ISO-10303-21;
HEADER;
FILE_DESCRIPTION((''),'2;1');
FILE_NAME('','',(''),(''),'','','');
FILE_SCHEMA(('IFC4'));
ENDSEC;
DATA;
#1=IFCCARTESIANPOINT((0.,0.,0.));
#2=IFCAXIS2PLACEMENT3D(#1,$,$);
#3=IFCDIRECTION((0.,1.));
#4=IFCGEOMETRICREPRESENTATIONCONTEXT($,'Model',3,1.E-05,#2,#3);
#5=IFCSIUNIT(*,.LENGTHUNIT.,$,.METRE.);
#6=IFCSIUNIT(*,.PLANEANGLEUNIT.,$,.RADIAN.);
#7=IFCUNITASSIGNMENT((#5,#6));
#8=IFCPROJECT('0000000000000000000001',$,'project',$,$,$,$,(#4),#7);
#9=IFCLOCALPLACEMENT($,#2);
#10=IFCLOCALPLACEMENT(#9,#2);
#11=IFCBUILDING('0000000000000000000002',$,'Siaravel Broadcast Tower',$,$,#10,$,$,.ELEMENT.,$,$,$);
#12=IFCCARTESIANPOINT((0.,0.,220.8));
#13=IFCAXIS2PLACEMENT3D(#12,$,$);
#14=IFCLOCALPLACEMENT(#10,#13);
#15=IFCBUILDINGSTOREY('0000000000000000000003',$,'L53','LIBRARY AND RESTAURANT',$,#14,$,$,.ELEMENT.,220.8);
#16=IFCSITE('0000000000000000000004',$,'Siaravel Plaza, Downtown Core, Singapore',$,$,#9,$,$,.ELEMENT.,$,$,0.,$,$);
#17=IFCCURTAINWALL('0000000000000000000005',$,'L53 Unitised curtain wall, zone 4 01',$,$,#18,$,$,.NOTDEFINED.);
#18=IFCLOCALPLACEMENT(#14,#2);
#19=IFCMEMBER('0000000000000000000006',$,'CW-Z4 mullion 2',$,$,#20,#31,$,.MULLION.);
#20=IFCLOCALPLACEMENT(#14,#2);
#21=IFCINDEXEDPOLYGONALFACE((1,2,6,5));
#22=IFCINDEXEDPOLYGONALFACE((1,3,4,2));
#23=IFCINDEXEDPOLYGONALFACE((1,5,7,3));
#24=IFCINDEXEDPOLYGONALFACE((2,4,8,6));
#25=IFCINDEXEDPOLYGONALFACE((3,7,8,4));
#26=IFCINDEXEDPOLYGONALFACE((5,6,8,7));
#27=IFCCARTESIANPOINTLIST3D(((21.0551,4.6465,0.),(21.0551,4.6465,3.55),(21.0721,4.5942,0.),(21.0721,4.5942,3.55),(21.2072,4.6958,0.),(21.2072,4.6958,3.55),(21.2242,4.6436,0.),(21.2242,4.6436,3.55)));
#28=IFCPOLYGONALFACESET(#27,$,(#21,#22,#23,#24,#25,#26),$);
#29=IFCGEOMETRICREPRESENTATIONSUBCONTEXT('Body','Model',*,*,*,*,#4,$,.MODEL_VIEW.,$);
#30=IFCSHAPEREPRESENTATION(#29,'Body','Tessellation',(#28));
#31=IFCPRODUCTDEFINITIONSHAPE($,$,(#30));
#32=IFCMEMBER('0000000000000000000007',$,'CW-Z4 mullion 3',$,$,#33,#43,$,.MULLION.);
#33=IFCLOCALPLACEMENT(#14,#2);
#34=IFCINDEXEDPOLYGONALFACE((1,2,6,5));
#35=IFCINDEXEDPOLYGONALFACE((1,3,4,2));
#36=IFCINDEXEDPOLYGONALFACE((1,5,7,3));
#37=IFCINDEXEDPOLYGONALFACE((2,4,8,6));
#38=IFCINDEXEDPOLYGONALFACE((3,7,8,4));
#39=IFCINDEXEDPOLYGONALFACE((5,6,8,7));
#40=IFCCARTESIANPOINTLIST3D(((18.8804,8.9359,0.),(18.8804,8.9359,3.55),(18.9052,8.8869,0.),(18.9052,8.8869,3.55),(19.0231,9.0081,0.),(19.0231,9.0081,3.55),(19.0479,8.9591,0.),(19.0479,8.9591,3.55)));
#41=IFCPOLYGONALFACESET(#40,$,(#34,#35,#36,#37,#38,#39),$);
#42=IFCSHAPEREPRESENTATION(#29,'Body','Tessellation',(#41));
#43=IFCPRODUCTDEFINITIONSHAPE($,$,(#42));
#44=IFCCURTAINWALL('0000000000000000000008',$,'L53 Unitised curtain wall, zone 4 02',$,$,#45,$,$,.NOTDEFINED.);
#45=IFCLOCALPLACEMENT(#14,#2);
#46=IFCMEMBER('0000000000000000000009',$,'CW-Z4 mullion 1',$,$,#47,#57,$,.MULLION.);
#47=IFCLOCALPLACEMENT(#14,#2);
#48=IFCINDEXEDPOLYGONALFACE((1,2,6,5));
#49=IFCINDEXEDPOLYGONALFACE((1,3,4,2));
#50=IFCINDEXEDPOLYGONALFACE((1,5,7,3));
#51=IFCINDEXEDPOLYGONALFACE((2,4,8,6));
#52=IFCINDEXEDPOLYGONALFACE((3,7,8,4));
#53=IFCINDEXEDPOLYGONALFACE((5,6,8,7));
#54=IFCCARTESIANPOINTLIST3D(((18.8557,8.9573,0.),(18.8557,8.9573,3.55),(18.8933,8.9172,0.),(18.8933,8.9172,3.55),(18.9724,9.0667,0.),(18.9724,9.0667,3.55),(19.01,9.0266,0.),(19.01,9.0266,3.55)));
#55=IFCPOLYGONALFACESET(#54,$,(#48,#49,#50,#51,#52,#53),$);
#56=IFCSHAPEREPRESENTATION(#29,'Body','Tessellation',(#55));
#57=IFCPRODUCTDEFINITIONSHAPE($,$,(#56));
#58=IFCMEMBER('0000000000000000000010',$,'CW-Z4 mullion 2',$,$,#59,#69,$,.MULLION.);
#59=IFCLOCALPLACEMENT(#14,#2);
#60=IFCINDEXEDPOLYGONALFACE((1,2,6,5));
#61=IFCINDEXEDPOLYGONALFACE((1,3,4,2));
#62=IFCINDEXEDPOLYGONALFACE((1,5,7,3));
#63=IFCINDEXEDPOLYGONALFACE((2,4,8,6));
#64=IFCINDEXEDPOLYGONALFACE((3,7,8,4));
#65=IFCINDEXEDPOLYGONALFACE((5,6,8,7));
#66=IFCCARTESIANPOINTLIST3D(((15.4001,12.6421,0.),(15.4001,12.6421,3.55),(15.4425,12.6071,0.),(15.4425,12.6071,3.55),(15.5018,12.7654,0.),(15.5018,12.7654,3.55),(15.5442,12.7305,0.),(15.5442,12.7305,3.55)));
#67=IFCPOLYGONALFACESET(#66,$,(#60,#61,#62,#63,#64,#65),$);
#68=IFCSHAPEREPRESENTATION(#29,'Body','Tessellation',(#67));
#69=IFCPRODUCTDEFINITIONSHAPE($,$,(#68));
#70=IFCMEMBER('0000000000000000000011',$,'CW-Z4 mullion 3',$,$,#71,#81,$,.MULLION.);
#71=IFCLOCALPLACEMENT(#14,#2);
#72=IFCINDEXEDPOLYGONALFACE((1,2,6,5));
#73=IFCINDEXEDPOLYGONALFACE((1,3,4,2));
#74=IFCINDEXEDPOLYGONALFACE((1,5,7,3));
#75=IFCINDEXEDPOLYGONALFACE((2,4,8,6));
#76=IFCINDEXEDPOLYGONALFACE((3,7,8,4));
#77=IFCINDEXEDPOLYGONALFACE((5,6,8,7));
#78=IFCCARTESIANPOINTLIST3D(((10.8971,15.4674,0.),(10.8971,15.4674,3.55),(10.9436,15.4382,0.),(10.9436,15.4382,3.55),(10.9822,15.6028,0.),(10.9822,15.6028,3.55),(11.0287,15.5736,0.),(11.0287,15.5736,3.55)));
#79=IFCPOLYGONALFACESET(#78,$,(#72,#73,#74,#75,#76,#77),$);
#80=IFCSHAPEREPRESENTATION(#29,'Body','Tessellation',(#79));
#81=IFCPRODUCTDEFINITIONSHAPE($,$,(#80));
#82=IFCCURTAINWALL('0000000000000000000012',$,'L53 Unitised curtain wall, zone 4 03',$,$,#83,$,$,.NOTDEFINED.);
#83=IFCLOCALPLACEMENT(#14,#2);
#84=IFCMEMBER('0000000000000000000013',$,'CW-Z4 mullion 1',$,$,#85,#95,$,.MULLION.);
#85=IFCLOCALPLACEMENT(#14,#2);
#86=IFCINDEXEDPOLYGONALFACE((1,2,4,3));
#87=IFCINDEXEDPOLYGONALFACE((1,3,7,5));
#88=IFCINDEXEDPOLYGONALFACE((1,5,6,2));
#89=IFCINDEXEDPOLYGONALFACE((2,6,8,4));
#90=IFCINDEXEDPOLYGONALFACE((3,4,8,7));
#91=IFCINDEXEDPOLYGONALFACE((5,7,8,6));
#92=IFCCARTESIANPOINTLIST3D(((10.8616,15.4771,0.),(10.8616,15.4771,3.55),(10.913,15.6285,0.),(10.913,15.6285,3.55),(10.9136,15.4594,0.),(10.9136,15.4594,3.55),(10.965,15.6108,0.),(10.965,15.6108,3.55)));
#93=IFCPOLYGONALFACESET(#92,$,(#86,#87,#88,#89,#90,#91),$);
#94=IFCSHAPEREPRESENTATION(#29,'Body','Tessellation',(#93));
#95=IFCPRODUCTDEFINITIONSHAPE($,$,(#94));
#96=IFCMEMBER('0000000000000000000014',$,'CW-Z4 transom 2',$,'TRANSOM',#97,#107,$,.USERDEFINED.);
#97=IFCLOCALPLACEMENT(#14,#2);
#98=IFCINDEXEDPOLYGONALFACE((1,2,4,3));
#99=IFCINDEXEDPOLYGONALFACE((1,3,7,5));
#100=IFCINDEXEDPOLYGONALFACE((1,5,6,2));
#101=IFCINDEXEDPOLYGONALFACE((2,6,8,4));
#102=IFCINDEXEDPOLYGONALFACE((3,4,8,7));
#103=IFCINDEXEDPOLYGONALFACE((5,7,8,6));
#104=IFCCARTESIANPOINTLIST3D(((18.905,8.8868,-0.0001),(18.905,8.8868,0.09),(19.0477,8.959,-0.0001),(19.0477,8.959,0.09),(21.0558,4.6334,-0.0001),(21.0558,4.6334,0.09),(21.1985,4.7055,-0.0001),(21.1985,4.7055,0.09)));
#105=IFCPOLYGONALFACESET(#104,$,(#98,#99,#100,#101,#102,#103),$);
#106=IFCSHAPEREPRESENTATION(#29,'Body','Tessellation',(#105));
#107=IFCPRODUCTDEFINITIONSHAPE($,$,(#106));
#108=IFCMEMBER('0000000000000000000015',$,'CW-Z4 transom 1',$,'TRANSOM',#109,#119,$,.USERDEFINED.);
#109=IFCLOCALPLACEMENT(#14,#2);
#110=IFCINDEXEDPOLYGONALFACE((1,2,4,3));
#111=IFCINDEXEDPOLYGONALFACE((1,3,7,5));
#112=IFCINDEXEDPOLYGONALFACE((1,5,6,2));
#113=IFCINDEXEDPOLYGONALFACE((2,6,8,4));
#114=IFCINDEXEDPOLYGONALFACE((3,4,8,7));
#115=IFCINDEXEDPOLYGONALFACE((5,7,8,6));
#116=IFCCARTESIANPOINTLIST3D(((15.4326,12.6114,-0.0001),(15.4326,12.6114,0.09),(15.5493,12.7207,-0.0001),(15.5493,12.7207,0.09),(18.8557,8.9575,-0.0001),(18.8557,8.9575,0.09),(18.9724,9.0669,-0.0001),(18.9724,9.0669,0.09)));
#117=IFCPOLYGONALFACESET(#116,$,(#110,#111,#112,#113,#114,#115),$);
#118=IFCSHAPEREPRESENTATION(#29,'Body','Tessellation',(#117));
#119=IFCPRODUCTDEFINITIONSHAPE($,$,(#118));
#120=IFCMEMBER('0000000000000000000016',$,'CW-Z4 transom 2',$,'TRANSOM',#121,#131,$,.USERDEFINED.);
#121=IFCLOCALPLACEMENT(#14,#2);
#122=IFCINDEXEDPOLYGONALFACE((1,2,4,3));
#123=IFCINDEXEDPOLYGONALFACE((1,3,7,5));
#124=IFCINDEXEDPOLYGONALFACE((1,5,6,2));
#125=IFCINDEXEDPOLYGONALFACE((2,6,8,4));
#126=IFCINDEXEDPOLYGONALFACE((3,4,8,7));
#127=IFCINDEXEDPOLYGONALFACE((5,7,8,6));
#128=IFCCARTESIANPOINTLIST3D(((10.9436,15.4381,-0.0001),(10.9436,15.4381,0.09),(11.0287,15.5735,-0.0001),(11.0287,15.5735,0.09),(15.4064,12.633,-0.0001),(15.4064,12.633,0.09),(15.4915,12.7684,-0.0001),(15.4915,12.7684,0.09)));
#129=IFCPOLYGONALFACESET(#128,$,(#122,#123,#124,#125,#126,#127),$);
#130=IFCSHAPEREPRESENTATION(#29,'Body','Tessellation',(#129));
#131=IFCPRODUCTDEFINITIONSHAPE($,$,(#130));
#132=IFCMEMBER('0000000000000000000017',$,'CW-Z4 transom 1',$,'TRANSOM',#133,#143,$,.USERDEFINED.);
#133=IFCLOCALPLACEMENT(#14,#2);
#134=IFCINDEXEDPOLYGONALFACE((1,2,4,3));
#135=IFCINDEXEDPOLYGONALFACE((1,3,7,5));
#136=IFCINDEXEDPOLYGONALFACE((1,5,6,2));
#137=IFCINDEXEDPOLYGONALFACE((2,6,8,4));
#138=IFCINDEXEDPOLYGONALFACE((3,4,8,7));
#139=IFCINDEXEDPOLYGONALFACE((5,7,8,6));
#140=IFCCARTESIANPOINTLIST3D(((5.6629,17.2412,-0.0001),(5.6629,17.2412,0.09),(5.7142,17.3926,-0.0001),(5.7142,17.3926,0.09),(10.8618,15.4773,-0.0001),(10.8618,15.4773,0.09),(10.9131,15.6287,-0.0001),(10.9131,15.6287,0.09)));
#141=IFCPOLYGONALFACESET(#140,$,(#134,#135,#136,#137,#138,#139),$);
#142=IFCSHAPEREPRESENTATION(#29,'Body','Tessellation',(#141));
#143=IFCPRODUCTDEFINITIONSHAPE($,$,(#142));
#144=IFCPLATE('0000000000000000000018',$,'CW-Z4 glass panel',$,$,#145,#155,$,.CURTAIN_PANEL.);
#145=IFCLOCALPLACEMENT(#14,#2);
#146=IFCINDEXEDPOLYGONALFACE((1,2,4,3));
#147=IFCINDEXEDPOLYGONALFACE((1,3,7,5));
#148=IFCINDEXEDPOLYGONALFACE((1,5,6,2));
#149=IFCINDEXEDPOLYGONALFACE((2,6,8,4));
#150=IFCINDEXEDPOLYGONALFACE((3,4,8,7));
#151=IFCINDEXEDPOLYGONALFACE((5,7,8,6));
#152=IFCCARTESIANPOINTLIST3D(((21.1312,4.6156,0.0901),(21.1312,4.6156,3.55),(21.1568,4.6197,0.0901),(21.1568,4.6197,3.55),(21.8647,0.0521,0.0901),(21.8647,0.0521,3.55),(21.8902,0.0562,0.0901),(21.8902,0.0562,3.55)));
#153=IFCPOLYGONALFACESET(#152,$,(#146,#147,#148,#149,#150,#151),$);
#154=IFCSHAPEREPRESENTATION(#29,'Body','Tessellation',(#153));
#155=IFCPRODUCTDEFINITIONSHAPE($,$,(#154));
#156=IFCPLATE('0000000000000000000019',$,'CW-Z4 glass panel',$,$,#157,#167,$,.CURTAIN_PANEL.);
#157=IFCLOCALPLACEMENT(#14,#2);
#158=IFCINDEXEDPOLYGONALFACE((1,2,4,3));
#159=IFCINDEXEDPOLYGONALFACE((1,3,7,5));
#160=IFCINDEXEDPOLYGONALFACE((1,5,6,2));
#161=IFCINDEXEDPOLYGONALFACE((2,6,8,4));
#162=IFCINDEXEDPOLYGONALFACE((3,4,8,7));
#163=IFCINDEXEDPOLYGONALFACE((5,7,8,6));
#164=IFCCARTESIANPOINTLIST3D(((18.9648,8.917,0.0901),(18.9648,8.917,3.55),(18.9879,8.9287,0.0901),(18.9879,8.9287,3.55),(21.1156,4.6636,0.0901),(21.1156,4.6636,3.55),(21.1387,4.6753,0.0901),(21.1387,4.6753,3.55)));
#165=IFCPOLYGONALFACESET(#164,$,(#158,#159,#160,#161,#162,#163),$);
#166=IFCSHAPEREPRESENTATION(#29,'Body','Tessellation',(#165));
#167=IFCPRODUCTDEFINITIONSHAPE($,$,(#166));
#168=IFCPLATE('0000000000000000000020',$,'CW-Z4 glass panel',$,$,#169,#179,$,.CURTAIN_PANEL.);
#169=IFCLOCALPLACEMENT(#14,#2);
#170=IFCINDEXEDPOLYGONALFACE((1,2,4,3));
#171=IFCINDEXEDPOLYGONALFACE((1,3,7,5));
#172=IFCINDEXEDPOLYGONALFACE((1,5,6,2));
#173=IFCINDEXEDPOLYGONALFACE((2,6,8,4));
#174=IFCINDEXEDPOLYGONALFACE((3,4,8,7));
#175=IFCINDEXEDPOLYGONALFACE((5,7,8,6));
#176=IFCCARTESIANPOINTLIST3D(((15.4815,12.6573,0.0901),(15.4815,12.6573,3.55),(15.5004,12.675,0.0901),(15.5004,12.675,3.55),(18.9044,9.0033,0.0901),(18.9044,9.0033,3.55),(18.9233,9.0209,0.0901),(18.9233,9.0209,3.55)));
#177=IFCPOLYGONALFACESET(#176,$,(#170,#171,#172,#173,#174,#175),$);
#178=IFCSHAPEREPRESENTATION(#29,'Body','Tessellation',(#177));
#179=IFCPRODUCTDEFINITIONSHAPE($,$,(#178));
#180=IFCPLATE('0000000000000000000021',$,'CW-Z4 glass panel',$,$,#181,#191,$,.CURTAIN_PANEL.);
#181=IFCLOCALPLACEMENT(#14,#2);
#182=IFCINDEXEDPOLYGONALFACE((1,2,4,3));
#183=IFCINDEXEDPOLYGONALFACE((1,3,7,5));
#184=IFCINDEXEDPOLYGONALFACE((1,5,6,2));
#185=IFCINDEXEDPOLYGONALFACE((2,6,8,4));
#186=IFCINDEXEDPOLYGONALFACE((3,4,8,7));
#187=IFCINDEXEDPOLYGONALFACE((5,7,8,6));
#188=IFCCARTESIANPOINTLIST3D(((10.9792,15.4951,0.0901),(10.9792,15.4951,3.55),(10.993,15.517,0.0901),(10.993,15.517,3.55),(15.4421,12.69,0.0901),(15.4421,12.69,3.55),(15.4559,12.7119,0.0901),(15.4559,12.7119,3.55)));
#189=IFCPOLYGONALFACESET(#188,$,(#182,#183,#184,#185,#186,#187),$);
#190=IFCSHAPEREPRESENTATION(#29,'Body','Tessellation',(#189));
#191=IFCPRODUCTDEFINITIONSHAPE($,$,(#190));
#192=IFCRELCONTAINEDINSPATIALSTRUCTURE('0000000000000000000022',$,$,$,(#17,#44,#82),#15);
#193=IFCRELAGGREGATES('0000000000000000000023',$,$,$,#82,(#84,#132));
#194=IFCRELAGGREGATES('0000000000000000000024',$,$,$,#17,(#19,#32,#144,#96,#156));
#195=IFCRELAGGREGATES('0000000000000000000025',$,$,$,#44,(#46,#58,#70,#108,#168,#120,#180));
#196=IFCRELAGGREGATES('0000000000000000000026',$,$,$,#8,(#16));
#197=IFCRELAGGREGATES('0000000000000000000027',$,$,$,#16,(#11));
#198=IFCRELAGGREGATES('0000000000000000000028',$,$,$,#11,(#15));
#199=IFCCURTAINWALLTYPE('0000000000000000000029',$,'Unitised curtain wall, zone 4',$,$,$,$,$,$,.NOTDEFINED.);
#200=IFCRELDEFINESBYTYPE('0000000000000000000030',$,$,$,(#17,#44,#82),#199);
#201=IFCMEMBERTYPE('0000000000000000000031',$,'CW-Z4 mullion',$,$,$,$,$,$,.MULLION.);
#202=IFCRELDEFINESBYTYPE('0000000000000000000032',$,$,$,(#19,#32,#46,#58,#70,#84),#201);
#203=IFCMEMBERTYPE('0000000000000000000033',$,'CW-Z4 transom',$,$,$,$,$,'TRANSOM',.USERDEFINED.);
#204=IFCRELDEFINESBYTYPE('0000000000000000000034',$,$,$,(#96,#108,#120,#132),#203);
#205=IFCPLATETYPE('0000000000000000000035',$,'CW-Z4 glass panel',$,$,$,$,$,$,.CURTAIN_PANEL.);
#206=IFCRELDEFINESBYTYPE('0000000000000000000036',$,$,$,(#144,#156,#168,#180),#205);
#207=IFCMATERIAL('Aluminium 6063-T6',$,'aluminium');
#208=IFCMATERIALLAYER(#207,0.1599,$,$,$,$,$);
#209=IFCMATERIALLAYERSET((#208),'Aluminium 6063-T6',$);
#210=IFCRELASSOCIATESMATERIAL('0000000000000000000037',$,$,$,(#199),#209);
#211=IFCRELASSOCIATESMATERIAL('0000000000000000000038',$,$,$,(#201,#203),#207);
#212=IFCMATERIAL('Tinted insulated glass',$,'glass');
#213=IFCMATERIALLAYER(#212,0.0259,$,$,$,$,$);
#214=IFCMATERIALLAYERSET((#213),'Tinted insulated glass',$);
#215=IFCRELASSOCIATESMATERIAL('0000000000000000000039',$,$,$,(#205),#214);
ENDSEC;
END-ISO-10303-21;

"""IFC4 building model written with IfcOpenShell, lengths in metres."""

from ifc_helpers import new_model, si_unit, direction, frame, origin, origin_2d, place, context, subcontext, project, spatial, rectangle, extrude, material, layer, layer_set, material_profile, profile_set, type_object, element, aggregate, save


model = new_model("IFC4")

# Units and contexts
model_context = context("Model", 3, precision=1e-05, world=origin(), true_north=direction((0.0, 1.0)))
body_context = subcontext(model_context, "Body", "Model", "MODEL_VIEW")
ifc_project = project(units=[si_unit("LENGTHUNIT", "METRE"), si_unit("PLANEANGLEUNIT", "RADIAN")], contexts=[model_context])

# Site, building, storey
site_placement = place(None, origin())
site = spatial("IfcSite", under=ifc_project, at=site_placement, Name="Siaravel Plaza, Downtown Core, Singapore", CompositionType="ELEMENT", RefElevation=0.0)
building_placement = place(site_placement, origin())
building = spatial("IfcBuilding", under=site, at=building_placement, Name="Siaravel Broadcast Tower", CompositionType="ELEMENT")
storey_placement = place(building_placement, frame((0.0, 0.0, 220.8)))
storey = spatial("IfcBuildingStorey", under=building, at=storey_placement, Name="L53", Description="LIBRARY AND RESTAURANT", CompositionType="ELEMENT", Elevation=220.8)

# Curtain walls, members
ifc_material_1 = material(Name="Aluminium 6063-T6", Category="aluminium")
ifc_layer_1 = layer(ifc_material_1, 0.1599)
ifc_layer_set_1 = layer_set([ifc_layer_1], Name="Aluminium 6063-T6")
curtain_wall_type = type_object("IfcCurtainWallType", Name="Unitised curtain wall, zone 4", PredefinedType="NOTDEFINED", material=ifc_layer_set_1)
curtain_wall_1_placement = place(storey_placement, origin())
curtain_wall_1 = element("IfcCurtainWall", 1, at=curtain_wall_1_placement, inside=storey, type_object=curtain_wall_type, Name="L53 Unitised curtain wall, zone 4 01", PredefinedType="NOTDEFINED")
ifc_material_profile_1 = material_profile(ifc_material_1, rectangle(XDim=0.1599, YDim=0.0549, at=origin_2d()))
ifc_profile_set_1 = profile_set([ifc_material_profile_1], Name="Aluminium 6063-T6")
member_type_1 = type_object("IfcMemberType", Name="CW-Z4 mullion", PredefinedType="MULLION", material=ifc_profile_set_1)
member_1_placement = place(storey_placement, frame((21.1396, 4.645, 0.0), z_axis=(0.0, 0.0, 1.0), x_axis=(-0.951178, -0.308644, 0.0)))
member_1 = element("IfcMember", 2, at=member_1_placement, type_object=member_type_1, Name="CW-Z4 mullion 2", PredefinedType="MULLION", context=body_context, shape_type="SweptSolid", body=[
    extrude(rectangle(XDim=0.1599, YDim=0.0549, at=origin_2d()), origin(), (0.0, 0.0, 1.0), 3.55),
])
member_2_placement = place(storey_placement, frame((18.9641, 8.9475, 0.0), z_axis=(0.0, 0.0, 1.0), x_axis=(-0.892393, -0.45126, 0.0)))
member_2 = element("IfcMember", 3, at=member_2_placement, type_object=member_type_1, Name="CW-Z4 mullion 3", PredefinedType="MULLION", context=body_context, shape_type="SweptSolid", body=[
    extrude(rectangle(XDim=0.1599, YDim=0.0549, at=origin_2d()), origin(), (0.0, 0.0, 1.0), 3.55),
])
curtain_wall_2_placement = place(storey_placement, origin())
curtain_wall_2 = element("IfcCurtainWall", 4, at=curtain_wall_2_placement, inside=storey, type_object=curtain_wall_type, Name="L53 Unitised curtain wall, zone 4 02", PredefinedType="NOTDEFINED")
member_3_placement = place(storey_placement, frame((18.9329, 8.9919, 0.0), z_axis=(0.0, 0.0, 1.0), x_axis=(-0.729806, -0.683654, 0.0)))
member_3 = element("IfcMember", 5, at=member_3_placement, type_object=member_type_1, Name="CW-Z4 mullion 1", PredefinedType="MULLION", context=body_context, shape_type="SweptSolid", body=[
    extrude(rectangle(XDim=0.1599, YDim=0.0549, at=origin_2d()), origin(), (0.0, 0.0, 1.0), 3.55),
])
member_4_placement = place(storey_placement, frame((15.4722, 12.6863, 0.0), z_axis=(0.0, 0.0, 1.0), x_axis=(-0.63622, -0.771508, 0.0)))
member_4 = element("IfcMember", 6, at=member_4_placement, type_object=member_type_1, Name="CW-Z4 mullion 2", PredefinedType="MULLION", context=body_context, shape_type="SweptSolid", body=[
    extrude(rectangle(XDim=0.1599, YDim=0.0549, at=origin_2d()), origin(), (0.0, 0.0, 1.0), 3.55),
])
member_5_placement = place(storey_placement, frame((10.9629, 15.5205, 0.0), z_axis=(0.0, 0.0, 1.0), x_axis=(-0.53215, -0.84665, 0.0)))
member_5 = element("IfcMember", 7, at=member_5_placement, type_object=member_type_1, Name="CW-Z4 mullion 3", PredefinedType="MULLION", context=body_context, shape_type="SweptSolid", body=[
    extrude(rectangle(XDim=0.1599, YDim=0.0549, at=origin_2d()), origin(), (0.0, 0.0, 1.0), 3.55),
])

# Curtain wall, member
curtain_wall_3_placement = place(storey_placement, origin())
curtain_wall_3 = element("IfcCurtainWall", 8, at=curtain_wall_3_placement, inside=storey, type_object=curtain_wall_type, Name="L53 Unitised curtain wall, zone 4 03", PredefinedType="NOTDEFINED")
member_6_placement = place(storey_placement, frame((10.9133, 15.5439, 0.0), z_axis=(0.0, 0.0, 1.0), x_axis=(-0.321301, -0.946977, 0.0)))
member_6 = element("IfcMember", 9, at=member_6_placement, type_object=member_type_1, Name="CW-Z4 mullion 1", PredefinedType="MULLION", context=body_context, shape_type="SweptSolid", body=[
    extrude(rectangle(XDim=0.1599, YDim=0.0549, at=origin_2d()), origin(), (0.0, 0.0, 1.0), 3.55),
])

# Members
ifc_material_profile_2 = material_profile(ifc_material_1, rectangle(XDim=0.1599, YDim=0.0901, at=origin_2d()))
ifc_profile_set_2 = profile_set([ifc_material_profile_2], Name="Aluminium 6063-T6")
member_type_2 = type_object("IfcMemberType", Name="CW-Z4 transom", ElementType="TRANSOM", PredefinedType="USERDEFINED", material=ifc_profile_set_2)
member_7_placement = place(storey_placement, frame((21.1272, 4.6694, 0.0449), z_axis=(-0.451266, 0.89239, 0.0), x_axis=(-0.89239, -0.451266, 0.0)))
member_7 = element("IfcMember", 10, at=member_7_placement, type_object=member_type_2, Name="CW-Z4 transom 2", ObjectType="TRANSOM", PredefinedType="USERDEFINED", context=body_context, shape_type="SweptSolid", body=[
    extrude(rectangle(XDim=0.1599, YDim=0.0901, at=origin_2d()), origin(), (0.0, 0.0, 1.0), 4.7664),
])
member_8_placement = place(storey_placement, frame((18.9141, 9.0122, 0.0449), z_axis=(-0.683691, 0.729771, 0.0), x_axis=(-0.729771, -0.683691, 0.0)))
member_8 = element("IfcMember", 11, at=member_8_placement, type_object=member_type_2, Name="CW-Z4 transom 1", ObjectType="TRANSOM", PredefinedType="USERDEFINED", context=body_context, shape_type="SweptSolid", body=[
    extrude(rectangle(XDim=0.1599, YDim=0.0901, at=origin_2d()), origin(), (0.0, 0.0, 1.0), 5.0068),
])
member_9_placement = place(storey_placement, frame((15.449, 12.7007, 0.0449), z_axis=(-0.846643, 0.532162, 0.0), x_axis=(-0.532162, -0.846643, 0.0)))
member_9 = element("IfcMember", 12, at=member_9_placement, type_object=member_type_2, Name="CW-Z4 transom 2", ObjectType="TRANSOM", PredefinedType="USERDEFINED", context=body_context, shape_type="SweptSolid", body=[
    extrude(rectangle(XDim=0.1599, YDim=0.0901, at=origin_2d()), origin(), (0.0, 0.0, 1.0), 5.2712),
])
member_10_placement = place(storey_placement, frame((10.8875, 15.553, 0.0449), z_axis=(-0.94698, 0.321293, 0.0), x_axis=(-0.321293, -0.94698, 0.0)))
member_10 = element("IfcMember", 13, at=member_10_placement, type_object=member_type_2, Name="CW-Z4 transom 1", ObjectType="TRANSOM", PredefinedType="USERDEFINED", context=body_context, shape_type="SweptSolid", body=[
    extrude(rectangle(XDim=0.1599, YDim=0.0901, at=origin_2d()), origin(), (0.0, 0.0, 1.0), 5.49),
])
aggregate(curtain_wall_3, [member_6, member_10])

# Plates
ifc_material_2 = material(Name="Tinted insulated glass", Category="glass")
ifc_layer_2 = layer(ifc_material_2, 0.0259)
ifc_layer_set_2 = layer_set([ifc_layer_2], Name="Tinted insulated glass")
plate_type = type_object("IfcPlateType", Name="CW-Z4 glass panel", PredefinedType="CURTAIN_PANEL", material=ifc_layer_set_2)
plate_1_placement = place(storey_placement, frame((21.5107, 2.3359, 0.0901), z_axis=(0.0, 0.0, 1.0), x_axis=(-0.158685, 0.987329, 0.0)))
plate_1 = element("IfcPlate", 14, at=plate_1_placement, type_object=plate_type, Name="CW-Z4 glass panel", PredefinedType="CURTAIN_PANEL", context=body_context, shape_type="SweptSolid", body=[
    extrude(rectangle(XDim=4.6221, YDim=0.0259, at=origin_2d()), origin(), (0.0, 0.0, 1.0), 3.46),
])
plate_2_placement = place(storey_placement, frame((20.0518, 6.7961, 0.0901), z_axis=(0.0, 0.0, 1.0), x_axis=(-0.45126, 0.892393, 0.0)))
plate_2 = element("IfcPlate", 15, at=plate_2_placement, type_object=plate_type, Name="CW-Z4 glass panel", PredefinedType="CURTAIN_PANEL", context=body_context, shape_type="SweptSolid", body=[
    extrude(rectangle(XDim=4.7664, YDim=0.0259, at=origin_2d()), origin(), (0.0, 0.0, 1.0), 3.46),
])
aggregate(curtain_wall_1, [member_1, member_2, plate_1, member_7, plate_2])
plate_3_placement = place(storey_placement, frame((17.2024, 10.8391, 0.0901), z_axis=(0.0, 0.0, 1.0), x_axis=(-0.683654, 0.729806, 0.0)))
plate_3 = element("IfcPlate", 16, at=plate_3_placement, type_object=plate_type, Name="CW-Z4 glass panel", PredefinedType="CURTAIN_PANEL", context=body_context, shape_type="SweptSolid", body=[
    extrude(rectangle(XDim=5.0068, YDim=0.0259, at=origin_2d()), origin(), (0.0, 0.0, 1.0), 3.46),
])
plate_4_placement = place(storey_placement, frame((13.2175, 14.1035, 0.0901), z_axis=(0.0, 0.0, 1.0), x_axis=(-0.84665, 0.53215, 0.0)))
plate_4 = element("IfcPlate", 17, at=plate_4_placement, type_object=plate_type, Name="CW-Z4 glass panel", PredefinedType="CURTAIN_PANEL", context=body_context, shape_type="SweptSolid", body=[
    extrude(rectangle(XDim=5.2712, YDim=0.0259, at=origin_2d()), origin(), (0.0, 0.0, 1.0), 3.46),
])
aggregate(curtain_wall_2, [member_3, member_4, member_5, member_8, plate_3, member_9, plate_4])

save(model, "model.ifc")
